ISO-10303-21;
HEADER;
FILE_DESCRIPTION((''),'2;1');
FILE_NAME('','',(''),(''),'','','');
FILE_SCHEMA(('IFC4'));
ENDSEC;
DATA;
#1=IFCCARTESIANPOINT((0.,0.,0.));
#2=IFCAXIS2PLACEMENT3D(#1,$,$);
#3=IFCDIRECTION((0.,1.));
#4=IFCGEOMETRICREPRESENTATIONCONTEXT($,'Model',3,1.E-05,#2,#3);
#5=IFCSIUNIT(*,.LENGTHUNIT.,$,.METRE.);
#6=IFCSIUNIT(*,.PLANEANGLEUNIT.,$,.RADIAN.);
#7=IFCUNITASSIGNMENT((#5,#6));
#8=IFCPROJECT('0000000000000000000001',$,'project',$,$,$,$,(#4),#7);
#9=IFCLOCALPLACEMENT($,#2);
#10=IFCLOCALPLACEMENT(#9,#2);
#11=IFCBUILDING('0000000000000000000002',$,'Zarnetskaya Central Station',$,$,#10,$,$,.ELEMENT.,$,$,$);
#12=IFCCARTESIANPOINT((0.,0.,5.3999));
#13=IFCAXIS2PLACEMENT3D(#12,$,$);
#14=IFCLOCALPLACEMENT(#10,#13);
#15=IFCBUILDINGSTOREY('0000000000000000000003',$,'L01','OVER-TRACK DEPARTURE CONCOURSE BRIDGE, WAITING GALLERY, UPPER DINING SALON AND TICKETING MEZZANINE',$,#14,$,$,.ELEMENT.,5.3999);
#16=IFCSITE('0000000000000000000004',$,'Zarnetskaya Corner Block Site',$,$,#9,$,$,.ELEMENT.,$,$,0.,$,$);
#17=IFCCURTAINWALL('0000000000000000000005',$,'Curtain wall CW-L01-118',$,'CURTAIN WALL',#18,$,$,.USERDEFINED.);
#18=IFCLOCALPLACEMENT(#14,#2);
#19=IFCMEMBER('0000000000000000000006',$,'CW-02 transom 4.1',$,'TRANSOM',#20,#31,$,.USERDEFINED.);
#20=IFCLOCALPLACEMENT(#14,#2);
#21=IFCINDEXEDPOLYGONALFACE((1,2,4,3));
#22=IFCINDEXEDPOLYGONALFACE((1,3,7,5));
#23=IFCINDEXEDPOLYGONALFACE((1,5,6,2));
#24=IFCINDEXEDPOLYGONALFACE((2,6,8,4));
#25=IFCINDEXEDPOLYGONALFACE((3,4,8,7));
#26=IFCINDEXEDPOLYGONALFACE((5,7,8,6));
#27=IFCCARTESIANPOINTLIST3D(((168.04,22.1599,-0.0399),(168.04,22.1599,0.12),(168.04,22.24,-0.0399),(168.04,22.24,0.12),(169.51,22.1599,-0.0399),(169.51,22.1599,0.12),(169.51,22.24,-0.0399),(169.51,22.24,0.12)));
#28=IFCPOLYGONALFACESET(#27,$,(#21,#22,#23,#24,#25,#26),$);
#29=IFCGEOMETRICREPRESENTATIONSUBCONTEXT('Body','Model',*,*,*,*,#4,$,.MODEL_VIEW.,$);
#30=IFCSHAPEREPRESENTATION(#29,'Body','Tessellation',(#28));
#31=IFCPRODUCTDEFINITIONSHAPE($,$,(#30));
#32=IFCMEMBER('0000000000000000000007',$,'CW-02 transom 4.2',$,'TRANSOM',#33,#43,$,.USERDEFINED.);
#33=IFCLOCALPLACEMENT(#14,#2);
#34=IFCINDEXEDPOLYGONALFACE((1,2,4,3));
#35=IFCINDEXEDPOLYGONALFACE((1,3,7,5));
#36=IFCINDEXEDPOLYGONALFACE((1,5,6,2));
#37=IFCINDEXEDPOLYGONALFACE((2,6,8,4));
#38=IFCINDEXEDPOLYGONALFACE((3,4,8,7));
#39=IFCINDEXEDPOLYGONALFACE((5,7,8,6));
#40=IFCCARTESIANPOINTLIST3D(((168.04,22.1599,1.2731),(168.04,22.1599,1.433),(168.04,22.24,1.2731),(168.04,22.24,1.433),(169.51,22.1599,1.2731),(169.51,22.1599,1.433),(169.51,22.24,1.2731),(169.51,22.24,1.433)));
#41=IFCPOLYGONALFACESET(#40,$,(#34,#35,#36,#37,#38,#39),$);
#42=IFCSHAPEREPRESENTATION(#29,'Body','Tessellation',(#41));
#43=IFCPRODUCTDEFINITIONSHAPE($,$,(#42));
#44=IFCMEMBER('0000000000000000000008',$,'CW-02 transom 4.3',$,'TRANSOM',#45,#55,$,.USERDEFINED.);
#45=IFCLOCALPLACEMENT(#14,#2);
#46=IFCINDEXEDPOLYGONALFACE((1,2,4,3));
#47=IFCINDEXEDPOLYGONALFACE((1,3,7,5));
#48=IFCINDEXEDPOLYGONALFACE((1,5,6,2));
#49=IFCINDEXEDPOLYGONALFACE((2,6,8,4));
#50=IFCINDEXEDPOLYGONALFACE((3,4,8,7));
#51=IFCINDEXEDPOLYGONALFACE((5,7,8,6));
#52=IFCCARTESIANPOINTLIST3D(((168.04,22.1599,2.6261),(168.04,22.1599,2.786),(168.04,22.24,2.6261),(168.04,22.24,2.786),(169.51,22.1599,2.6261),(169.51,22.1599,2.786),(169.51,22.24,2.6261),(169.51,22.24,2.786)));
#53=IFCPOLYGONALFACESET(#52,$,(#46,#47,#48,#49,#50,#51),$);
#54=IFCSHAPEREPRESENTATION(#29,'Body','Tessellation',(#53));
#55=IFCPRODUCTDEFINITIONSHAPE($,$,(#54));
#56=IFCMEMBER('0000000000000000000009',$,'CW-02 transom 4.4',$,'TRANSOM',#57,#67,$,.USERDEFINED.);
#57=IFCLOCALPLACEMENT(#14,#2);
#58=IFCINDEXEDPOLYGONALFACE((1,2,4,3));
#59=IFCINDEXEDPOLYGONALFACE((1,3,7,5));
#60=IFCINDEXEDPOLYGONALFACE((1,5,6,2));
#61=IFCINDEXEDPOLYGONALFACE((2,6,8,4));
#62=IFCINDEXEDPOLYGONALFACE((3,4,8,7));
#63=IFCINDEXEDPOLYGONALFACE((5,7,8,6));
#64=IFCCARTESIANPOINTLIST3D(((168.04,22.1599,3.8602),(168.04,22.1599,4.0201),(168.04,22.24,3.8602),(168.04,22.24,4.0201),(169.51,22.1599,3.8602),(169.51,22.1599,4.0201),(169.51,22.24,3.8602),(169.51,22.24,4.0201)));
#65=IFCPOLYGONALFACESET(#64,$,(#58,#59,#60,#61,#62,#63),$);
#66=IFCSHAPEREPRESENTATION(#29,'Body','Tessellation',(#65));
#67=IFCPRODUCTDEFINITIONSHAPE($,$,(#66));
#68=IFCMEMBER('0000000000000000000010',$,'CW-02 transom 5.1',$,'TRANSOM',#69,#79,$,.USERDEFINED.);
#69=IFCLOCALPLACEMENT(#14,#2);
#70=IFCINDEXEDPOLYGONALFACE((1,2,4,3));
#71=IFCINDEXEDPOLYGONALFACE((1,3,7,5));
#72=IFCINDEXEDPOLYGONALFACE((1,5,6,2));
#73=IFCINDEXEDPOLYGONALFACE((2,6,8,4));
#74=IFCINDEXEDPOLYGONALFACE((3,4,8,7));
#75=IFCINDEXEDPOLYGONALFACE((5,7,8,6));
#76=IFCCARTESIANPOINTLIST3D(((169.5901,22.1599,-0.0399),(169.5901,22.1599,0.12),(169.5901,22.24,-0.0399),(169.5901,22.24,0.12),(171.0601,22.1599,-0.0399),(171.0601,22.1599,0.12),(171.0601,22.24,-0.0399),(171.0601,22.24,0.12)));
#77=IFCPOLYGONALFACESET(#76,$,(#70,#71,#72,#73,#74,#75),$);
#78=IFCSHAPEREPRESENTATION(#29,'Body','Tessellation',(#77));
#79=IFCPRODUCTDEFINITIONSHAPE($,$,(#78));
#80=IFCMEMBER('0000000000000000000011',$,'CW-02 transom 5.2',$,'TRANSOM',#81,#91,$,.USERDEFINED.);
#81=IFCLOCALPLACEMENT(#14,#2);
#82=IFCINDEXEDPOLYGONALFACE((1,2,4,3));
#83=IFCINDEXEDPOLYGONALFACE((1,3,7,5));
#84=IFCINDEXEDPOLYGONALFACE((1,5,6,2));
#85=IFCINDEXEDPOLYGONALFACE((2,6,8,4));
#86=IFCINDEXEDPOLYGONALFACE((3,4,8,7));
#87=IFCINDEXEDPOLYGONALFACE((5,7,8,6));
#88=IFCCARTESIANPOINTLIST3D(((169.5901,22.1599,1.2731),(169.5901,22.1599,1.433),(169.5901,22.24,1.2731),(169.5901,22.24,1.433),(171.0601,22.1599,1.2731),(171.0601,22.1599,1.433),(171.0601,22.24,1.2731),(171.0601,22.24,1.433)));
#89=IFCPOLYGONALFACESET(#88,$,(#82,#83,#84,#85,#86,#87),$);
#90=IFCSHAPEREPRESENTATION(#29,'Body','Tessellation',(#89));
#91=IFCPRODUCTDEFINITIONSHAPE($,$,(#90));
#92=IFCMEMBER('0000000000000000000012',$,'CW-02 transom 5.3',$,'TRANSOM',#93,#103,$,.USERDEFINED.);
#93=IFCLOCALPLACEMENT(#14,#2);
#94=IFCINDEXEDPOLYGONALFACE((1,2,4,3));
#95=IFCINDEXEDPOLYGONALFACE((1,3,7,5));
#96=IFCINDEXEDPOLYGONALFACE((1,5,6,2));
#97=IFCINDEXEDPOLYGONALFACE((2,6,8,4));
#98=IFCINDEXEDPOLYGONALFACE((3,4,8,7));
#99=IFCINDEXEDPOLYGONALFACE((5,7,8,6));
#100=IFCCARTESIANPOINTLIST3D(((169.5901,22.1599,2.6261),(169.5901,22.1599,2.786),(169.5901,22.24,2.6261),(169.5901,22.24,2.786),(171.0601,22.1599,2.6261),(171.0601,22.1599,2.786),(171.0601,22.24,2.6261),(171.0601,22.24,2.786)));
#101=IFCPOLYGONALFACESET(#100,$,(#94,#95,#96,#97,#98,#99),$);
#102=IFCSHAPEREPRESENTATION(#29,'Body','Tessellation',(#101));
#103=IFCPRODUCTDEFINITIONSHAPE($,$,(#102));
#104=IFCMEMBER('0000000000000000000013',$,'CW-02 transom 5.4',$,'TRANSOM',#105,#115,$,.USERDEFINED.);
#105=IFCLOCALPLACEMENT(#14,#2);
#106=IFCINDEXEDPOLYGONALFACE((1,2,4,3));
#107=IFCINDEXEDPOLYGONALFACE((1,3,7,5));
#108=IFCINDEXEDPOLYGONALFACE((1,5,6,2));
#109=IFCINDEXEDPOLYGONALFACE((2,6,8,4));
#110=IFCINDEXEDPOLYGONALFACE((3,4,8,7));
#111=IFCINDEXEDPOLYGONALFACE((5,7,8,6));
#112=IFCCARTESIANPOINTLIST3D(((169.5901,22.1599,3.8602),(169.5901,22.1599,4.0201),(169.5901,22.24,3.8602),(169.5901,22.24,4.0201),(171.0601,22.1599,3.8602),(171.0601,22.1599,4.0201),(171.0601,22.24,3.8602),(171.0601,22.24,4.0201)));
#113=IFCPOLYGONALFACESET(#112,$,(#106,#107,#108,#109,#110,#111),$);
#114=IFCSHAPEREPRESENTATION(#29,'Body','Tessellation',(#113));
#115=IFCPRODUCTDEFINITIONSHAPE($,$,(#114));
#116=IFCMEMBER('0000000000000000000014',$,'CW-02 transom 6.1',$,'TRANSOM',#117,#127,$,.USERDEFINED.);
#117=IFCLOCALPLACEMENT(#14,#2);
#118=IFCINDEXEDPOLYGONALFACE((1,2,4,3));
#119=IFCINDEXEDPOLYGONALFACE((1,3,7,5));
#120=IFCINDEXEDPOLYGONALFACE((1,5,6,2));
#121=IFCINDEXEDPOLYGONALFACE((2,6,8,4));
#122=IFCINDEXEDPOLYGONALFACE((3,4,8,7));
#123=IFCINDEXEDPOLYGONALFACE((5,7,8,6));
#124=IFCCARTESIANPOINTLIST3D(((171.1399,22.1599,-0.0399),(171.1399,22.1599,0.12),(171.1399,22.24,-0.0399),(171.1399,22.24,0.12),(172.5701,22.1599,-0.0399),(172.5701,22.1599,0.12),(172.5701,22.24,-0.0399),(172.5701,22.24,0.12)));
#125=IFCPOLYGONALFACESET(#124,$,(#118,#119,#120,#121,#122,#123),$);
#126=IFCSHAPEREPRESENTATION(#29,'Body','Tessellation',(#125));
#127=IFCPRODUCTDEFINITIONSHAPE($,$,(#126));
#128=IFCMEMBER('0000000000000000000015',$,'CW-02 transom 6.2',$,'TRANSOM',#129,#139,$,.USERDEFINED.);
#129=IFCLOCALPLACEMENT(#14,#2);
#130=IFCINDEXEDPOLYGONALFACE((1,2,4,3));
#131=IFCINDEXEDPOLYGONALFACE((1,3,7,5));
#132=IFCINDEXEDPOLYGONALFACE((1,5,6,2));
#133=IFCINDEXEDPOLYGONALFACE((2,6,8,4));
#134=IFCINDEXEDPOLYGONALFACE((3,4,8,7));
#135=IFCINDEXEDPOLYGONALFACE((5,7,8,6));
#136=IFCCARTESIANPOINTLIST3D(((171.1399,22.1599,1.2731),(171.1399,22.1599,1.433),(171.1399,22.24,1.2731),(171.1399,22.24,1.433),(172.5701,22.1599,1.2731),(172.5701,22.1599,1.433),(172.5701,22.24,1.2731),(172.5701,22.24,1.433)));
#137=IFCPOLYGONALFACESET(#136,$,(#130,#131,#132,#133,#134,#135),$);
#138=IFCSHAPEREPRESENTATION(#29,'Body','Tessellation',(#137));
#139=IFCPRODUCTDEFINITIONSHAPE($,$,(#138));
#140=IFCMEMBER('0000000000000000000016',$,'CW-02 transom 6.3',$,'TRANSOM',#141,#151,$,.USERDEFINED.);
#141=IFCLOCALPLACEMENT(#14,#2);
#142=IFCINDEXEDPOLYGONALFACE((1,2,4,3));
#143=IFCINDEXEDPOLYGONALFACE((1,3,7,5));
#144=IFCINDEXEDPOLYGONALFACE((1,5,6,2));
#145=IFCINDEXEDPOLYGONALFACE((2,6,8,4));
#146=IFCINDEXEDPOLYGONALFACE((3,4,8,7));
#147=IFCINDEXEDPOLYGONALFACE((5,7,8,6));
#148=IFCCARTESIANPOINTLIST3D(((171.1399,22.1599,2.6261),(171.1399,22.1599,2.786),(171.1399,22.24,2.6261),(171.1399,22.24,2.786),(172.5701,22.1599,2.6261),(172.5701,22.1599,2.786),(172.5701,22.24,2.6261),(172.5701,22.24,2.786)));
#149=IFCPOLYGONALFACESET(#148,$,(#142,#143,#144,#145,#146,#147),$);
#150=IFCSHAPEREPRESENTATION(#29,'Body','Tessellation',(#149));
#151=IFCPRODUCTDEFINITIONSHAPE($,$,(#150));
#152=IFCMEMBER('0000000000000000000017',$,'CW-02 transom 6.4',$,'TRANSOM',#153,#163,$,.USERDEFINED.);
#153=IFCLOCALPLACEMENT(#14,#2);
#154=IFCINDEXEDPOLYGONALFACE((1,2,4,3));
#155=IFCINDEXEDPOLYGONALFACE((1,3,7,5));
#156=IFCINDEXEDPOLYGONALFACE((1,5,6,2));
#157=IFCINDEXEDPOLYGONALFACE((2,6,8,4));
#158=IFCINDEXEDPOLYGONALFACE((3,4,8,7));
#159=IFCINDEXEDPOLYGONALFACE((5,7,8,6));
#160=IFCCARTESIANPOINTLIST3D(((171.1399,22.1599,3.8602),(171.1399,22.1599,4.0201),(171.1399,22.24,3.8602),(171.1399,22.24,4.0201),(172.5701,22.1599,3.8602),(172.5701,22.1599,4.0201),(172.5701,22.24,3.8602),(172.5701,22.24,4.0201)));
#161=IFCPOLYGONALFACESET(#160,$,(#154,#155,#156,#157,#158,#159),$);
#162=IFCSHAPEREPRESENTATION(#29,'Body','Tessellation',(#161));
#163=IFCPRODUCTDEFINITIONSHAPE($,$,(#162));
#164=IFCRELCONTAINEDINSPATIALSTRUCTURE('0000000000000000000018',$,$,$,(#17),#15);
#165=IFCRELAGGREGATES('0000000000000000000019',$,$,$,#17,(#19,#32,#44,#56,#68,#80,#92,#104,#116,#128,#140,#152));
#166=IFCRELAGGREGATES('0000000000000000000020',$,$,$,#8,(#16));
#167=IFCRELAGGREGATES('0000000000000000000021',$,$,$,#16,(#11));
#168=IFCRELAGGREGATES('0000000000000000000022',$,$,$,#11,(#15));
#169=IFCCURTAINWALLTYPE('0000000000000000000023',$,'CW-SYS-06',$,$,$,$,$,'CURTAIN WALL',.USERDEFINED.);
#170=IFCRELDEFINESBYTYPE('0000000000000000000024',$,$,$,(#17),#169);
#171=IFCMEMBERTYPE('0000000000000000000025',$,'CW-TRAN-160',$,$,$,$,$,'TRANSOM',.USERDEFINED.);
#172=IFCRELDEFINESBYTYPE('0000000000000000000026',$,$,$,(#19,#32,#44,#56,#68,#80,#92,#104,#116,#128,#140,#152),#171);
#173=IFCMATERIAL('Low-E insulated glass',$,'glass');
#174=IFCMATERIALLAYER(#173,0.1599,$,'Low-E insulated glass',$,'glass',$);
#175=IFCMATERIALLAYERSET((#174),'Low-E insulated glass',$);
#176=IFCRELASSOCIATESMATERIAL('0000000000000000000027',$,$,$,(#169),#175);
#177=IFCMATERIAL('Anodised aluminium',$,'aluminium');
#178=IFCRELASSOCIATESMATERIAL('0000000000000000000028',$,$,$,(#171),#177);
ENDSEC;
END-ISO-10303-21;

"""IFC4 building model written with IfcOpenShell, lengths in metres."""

from ifc_helpers import new_model, si_unit, direction, frame, origin, origin_2d, place, context, subcontext, project, spatial, rectangle, extrude, material, layer, layer_set, material_profile, profile_set, type_object, element, aggregate, save


model = new_model("IFC4")

# Units and contexts
model_context = context("Model", 3, precision=1e-05, world=origin(), true_north=direction((0.0, 1.0)))
body_context = subcontext(model_context, "Body", "Model", "MODEL_VIEW")
ifc_project = project(units=[si_unit("LENGTHUNIT", "METRE"), si_unit("PLANEANGLEUNIT", "RADIAN")], contexts=[model_context])

# Site, building, storey
site_placement = place(None, origin())
site = spatial("IfcSite", under=ifc_project, at=site_placement, Name="Zarnetskaya Corner Block Site", CompositionType="ELEMENT", RefElevation=0.0)
building_placement = place(site_placement, origin())
building = spatial("IfcBuilding", under=site, at=building_placement, Name="Zarnetskaya Central Station", CompositionType="ELEMENT")
storey_placement = place(building_placement, frame((0.0, 0.0, 5.3999)))
storey = spatial("IfcBuildingStorey", under=building, at=storey_placement, Name="L01", Description="OVER-TRACK DEPARTURE CONCOURSE BRIDGE, WAITING GALLERY, UPPER DINING SALON AND TICKETING MEZZANINE", CompositionType="ELEMENT", Elevation=5.3999)

# Shared definitions
ifc_material_1 = material(Name="Low-E insulated glass", Category="glass")
ifc_layer_1 = layer(ifc_material_1, 0.1599, Name="Low-E insulated glass", Category="glass")
ifc_layer_set_1 = layer_set([ifc_layer_1], Name="Low-E insulated glass")
curtain_wall_type = type_object("IfcCurtainWallType", Name="CW-SYS-06", ElementType="CURTAIN WALL", PredefinedType="USERDEFINED", material=ifc_layer_set_1)
ifc_material_2 = material(Name="Anodised aluminium", Category="aluminium")

# Curtain wall
curtain_wall_1_placement = place(storey_placement, origin())
curtain_wall_1 = element("IfcCurtainWall", 1, at=curtain_wall_1_placement, inside=storey, type_object=curtain_wall_type, Name="Curtain wall CW-L01-118", ObjectType="CURTAIN WALL", PredefinedType="USERDEFINED")

# Members
ifc_material_profile_1 = material_profile(ifc_material_2, rectangle(XDim=0.0801, YDim=0.1599, at=origin_2d()), Name="ALU TRAN 80x160")
ifc_profile_set_1 = profile_set([ifc_material_profile_1], Name="Anodised aluminium")
member_type_1 = type_object("IfcMemberType", Name="CW-TRAN-160", ElementType="TRANSOM", PredefinedType="USERDEFINED", material=ifc_profile_set_1)
member_1_placement = place(storey_placement, frame((168.04, 22.2, 0.04), z_axis=(1.0, 0.0, 0.0), x_axis=(0.0, 1.0, 0.0)))
member_1 = element("IfcMember", 2, at=member_1_placement, type_object=member_type_1, Name="CW-02 transom 4.1", ObjectType="TRANSOM", PredefinedType="USERDEFINED", context=body_context, shape_type="SweptSolid", body=[
    extrude(rectangle(XDim=0.0801, YDim=0.1599, at=origin_2d()), origin(), (0.0, 0.0, 1.0), 1.47),
])
member_2_placement = place(storey_placement, frame((168.04, 22.2, 1.353), z_axis=(1.0, 0.0, 0.0), x_axis=(0.0, 1.0, 0.0)))
member_2 = element("IfcMember", 3, at=member_2_placement, type_object=member_type_1, Name="CW-02 transom 4.2", ObjectType="TRANSOM", PredefinedType="USERDEFINED", context=body_context, shape_type="SweptSolid", body=[
    extrude(rectangle(XDim=0.0801, YDim=0.1599, at=origin_2d()), origin(), (0.0, 0.0, 1.0), 1.47),
])
member_3_placement = place(storey_placement, frame((168.04, 22.2, 2.7061), z_axis=(1.0, 0.0, 0.0), x_axis=(0.0, 1.0, 0.0)))
member_3 = element("IfcMember", 4, at=member_3_placement, type_object=member_type_1, Name="CW-02 transom 4.3", ObjectType="TRANSOM", PredefinedType="USERDEFINED", context=body_context, shape_type="SweptSolid", body=[
    extrude(rectangle(XDim=0.0801, YDim=0.1599, at=origin_2d()), origin(), (0.0, 0.0, 1.0), 1.47),
])
member_4_placement = place(storey_placement, frame((168.04, 22.2, 3.9402), z_axis=(1.0, 0.0, 0.0), x_axis=(0.0, 1.0, 0.0)))
member_4 = element("IfcMember", 5, at=member_4_placement, type_object=member_type_1, Name="CW-02 transom 4.4", ObjectType="TRANSOM", PredefinedType="USERDEFINED", context=body_context, shape_type="SweptSolid", body=[
    extrude(rectangle(XDim=0.0801, YDim=0.1599, at=origin_2d()), origin(), (0.0, 0.0, 1.0), 1.47),
])
member_5_placement = place(storey_placement, frame((169.5901, 22.2, 0.04), z_axis=(1.0, 0.0, 0.0), x_axis=(0.0, 1.0, 0.0)))
member_5 = element("IfcMember", 6, at=member_5_placement, type_object=member_type_1, Name="CW-02 transom 5.1", ObjectType="TRANSOM", PredefinedType="USERDEFINED", context=body_context, shape_type="SweptSolid", body=[
    extrude(rectangle(XDim=0.0801, YDim=0.1599, at=origin_2d()), origin(), (0.0, 0.0, 1.0), 1.47),
])
member_6_placement = place(storey_placement, frame((169.5901, 22.2, 1.353), z_axis=(1.0, 0.0, 0.0), x_axis=(0.0, 1.0, 0.0)))
member_6 = element("IfcMember", 7, at=member_6_placement, type_object=member_type_1, Name="CW-02 transom 5.2", ObjectType="TRANSOM", PredefinedType="USERDEFINED", context=body_context, shape_type="SweptSolid", body=[
    extrude(rectangle(XDim=0.0801, YDim=0.1599, at=origin_2d()), origin(), (0.0, 0.0, 1.0), 1.47),
])
member_7_placement = place(storey_placement, frame((169.5901, 22.2, 2.7061), z_axis=(1.0, 0.0, 0.0), x_axis=(0.0, 1.0, 0.0)))
member_7 = element("IfcMember", 8, at=member_7_placement, type_object=member_type_1, Name="CW-02 transom 5.3", ObjectType="TRANSOM", PredefinedType="USERDEFINED", context=body_context, shape_type="SweptSolid", body=[
    extrude(rectangle(XDim=0.0801, YDim=0.1599, at=origin_2d()), origin(), (0.0, 0.0, 1.0), 1.47),
])
member_8_placement = place(storey_placement, frame((169.5901, 22.2, 3.9402), z_axis=(1.0, 0.0, 0.0), x_axis=(0.0, 1.0, 0.0)))
member_8 = element("IfcMember", 9, at=member_8_placement, type_object=member_type_1, Name="CW-02 transom 5.4", ObjectType="TRANSOM", PredefinedType="USERDEFINED", context=body_context, shape_type="SweptSolid", body=[
    extrude(rectangle(XDim=0.0801, YDim=0.1599, at=origin_2d()), origin(), (0.0, 0.0, 1.0), 1.47),
])
member_9_placement = place(storey_placement, frame((171.1399, 22.2, 0.04), z_axis=(1.0, 0.0, 0.0), x_axis=(0.0, 1.0, 0.0)))
member_9 = element("IfcMember", 10, at=member_9_placement, type_object=member_type_1, Name="CW-02 transom 6.1", ObjectType="TRANSOM", PredefinedType="USERDEFINED", context=body_context, shape_type="SweptSolid", body=[
    extrude(rectangle(XDim=0.0801, YDim=0.1599, at=origin_2d()), origin(), (0.0, 0.0, 1.0), 1.4302),
])
member_10_placement = place(storey_placement, frame((171.1399, 22.2, 1.353), z_axis=(1.0, 0.0, 0.0), x_axis=(0.0, 1.0, 0.0)))
member_10 = element("IfcMember", 11, at=member_10_placement, type_object=member_type_1, Name="CW-02 transom 6.2", ObjectType="TRANSOM", PredefinedType="USERDEFINED", context=body_context, shape_type="SweptSolid", body=[
    extrude(rectangle(XDim=0.0801, YDim=0.1599, at=origin_2d()), origin(), (0.0, 0.0, 1.0), 1.4302),
])
member_11_placement = place(storey_placement, frame((171.1399, 22.2, 2.7061), z_axis=(1.0, 0.0, 0.0), x_axis=(0.0, 1.0, 0.0)))
member_11 = element("IfcMember", 12, at=member_11_placement, type_object=member_type_1, Name="CW-02 transom 6.3", ObjectType="TRANSOM", PredefinedType="USERDEFINED", context=body_context, shape_type="SweptSolid", body=[
    extrude(rectangle(XDim=0.0801, YDim=0.1599, at=origin_2d()), origin(), (0.0, 0.0, 1.0), 1.4302),
])
member_12_placement = place(storey_placement, frame((171.1399, 22.2, 3.9402), z_axis=(1.0, 0.0, 0.0), x_axis=(0.0, 1.0, 0.0)))
member_12 = element("IfcMember", 13, at=member_12_placement, type_object=member_type_1, Name="CW-02 transom 6.4", ObjectType="TRANSOM", PredefinedType="USERDEFINED", context=body_context, shape_type="SweptSolid", body=[
    extrude(rectangle(XDim=0.0801, YDim=0.1599, at=origin_2d()), origin(), (0.0, 0.0, 1.0), 1.4302),
])

aggregate(curtain_wall_1, [member_1, member_2, member_3, member_4, member_5, member_6, member_7, member_8, member_9, member_10, member_11, member_12])

save(model, "model.ifc")
